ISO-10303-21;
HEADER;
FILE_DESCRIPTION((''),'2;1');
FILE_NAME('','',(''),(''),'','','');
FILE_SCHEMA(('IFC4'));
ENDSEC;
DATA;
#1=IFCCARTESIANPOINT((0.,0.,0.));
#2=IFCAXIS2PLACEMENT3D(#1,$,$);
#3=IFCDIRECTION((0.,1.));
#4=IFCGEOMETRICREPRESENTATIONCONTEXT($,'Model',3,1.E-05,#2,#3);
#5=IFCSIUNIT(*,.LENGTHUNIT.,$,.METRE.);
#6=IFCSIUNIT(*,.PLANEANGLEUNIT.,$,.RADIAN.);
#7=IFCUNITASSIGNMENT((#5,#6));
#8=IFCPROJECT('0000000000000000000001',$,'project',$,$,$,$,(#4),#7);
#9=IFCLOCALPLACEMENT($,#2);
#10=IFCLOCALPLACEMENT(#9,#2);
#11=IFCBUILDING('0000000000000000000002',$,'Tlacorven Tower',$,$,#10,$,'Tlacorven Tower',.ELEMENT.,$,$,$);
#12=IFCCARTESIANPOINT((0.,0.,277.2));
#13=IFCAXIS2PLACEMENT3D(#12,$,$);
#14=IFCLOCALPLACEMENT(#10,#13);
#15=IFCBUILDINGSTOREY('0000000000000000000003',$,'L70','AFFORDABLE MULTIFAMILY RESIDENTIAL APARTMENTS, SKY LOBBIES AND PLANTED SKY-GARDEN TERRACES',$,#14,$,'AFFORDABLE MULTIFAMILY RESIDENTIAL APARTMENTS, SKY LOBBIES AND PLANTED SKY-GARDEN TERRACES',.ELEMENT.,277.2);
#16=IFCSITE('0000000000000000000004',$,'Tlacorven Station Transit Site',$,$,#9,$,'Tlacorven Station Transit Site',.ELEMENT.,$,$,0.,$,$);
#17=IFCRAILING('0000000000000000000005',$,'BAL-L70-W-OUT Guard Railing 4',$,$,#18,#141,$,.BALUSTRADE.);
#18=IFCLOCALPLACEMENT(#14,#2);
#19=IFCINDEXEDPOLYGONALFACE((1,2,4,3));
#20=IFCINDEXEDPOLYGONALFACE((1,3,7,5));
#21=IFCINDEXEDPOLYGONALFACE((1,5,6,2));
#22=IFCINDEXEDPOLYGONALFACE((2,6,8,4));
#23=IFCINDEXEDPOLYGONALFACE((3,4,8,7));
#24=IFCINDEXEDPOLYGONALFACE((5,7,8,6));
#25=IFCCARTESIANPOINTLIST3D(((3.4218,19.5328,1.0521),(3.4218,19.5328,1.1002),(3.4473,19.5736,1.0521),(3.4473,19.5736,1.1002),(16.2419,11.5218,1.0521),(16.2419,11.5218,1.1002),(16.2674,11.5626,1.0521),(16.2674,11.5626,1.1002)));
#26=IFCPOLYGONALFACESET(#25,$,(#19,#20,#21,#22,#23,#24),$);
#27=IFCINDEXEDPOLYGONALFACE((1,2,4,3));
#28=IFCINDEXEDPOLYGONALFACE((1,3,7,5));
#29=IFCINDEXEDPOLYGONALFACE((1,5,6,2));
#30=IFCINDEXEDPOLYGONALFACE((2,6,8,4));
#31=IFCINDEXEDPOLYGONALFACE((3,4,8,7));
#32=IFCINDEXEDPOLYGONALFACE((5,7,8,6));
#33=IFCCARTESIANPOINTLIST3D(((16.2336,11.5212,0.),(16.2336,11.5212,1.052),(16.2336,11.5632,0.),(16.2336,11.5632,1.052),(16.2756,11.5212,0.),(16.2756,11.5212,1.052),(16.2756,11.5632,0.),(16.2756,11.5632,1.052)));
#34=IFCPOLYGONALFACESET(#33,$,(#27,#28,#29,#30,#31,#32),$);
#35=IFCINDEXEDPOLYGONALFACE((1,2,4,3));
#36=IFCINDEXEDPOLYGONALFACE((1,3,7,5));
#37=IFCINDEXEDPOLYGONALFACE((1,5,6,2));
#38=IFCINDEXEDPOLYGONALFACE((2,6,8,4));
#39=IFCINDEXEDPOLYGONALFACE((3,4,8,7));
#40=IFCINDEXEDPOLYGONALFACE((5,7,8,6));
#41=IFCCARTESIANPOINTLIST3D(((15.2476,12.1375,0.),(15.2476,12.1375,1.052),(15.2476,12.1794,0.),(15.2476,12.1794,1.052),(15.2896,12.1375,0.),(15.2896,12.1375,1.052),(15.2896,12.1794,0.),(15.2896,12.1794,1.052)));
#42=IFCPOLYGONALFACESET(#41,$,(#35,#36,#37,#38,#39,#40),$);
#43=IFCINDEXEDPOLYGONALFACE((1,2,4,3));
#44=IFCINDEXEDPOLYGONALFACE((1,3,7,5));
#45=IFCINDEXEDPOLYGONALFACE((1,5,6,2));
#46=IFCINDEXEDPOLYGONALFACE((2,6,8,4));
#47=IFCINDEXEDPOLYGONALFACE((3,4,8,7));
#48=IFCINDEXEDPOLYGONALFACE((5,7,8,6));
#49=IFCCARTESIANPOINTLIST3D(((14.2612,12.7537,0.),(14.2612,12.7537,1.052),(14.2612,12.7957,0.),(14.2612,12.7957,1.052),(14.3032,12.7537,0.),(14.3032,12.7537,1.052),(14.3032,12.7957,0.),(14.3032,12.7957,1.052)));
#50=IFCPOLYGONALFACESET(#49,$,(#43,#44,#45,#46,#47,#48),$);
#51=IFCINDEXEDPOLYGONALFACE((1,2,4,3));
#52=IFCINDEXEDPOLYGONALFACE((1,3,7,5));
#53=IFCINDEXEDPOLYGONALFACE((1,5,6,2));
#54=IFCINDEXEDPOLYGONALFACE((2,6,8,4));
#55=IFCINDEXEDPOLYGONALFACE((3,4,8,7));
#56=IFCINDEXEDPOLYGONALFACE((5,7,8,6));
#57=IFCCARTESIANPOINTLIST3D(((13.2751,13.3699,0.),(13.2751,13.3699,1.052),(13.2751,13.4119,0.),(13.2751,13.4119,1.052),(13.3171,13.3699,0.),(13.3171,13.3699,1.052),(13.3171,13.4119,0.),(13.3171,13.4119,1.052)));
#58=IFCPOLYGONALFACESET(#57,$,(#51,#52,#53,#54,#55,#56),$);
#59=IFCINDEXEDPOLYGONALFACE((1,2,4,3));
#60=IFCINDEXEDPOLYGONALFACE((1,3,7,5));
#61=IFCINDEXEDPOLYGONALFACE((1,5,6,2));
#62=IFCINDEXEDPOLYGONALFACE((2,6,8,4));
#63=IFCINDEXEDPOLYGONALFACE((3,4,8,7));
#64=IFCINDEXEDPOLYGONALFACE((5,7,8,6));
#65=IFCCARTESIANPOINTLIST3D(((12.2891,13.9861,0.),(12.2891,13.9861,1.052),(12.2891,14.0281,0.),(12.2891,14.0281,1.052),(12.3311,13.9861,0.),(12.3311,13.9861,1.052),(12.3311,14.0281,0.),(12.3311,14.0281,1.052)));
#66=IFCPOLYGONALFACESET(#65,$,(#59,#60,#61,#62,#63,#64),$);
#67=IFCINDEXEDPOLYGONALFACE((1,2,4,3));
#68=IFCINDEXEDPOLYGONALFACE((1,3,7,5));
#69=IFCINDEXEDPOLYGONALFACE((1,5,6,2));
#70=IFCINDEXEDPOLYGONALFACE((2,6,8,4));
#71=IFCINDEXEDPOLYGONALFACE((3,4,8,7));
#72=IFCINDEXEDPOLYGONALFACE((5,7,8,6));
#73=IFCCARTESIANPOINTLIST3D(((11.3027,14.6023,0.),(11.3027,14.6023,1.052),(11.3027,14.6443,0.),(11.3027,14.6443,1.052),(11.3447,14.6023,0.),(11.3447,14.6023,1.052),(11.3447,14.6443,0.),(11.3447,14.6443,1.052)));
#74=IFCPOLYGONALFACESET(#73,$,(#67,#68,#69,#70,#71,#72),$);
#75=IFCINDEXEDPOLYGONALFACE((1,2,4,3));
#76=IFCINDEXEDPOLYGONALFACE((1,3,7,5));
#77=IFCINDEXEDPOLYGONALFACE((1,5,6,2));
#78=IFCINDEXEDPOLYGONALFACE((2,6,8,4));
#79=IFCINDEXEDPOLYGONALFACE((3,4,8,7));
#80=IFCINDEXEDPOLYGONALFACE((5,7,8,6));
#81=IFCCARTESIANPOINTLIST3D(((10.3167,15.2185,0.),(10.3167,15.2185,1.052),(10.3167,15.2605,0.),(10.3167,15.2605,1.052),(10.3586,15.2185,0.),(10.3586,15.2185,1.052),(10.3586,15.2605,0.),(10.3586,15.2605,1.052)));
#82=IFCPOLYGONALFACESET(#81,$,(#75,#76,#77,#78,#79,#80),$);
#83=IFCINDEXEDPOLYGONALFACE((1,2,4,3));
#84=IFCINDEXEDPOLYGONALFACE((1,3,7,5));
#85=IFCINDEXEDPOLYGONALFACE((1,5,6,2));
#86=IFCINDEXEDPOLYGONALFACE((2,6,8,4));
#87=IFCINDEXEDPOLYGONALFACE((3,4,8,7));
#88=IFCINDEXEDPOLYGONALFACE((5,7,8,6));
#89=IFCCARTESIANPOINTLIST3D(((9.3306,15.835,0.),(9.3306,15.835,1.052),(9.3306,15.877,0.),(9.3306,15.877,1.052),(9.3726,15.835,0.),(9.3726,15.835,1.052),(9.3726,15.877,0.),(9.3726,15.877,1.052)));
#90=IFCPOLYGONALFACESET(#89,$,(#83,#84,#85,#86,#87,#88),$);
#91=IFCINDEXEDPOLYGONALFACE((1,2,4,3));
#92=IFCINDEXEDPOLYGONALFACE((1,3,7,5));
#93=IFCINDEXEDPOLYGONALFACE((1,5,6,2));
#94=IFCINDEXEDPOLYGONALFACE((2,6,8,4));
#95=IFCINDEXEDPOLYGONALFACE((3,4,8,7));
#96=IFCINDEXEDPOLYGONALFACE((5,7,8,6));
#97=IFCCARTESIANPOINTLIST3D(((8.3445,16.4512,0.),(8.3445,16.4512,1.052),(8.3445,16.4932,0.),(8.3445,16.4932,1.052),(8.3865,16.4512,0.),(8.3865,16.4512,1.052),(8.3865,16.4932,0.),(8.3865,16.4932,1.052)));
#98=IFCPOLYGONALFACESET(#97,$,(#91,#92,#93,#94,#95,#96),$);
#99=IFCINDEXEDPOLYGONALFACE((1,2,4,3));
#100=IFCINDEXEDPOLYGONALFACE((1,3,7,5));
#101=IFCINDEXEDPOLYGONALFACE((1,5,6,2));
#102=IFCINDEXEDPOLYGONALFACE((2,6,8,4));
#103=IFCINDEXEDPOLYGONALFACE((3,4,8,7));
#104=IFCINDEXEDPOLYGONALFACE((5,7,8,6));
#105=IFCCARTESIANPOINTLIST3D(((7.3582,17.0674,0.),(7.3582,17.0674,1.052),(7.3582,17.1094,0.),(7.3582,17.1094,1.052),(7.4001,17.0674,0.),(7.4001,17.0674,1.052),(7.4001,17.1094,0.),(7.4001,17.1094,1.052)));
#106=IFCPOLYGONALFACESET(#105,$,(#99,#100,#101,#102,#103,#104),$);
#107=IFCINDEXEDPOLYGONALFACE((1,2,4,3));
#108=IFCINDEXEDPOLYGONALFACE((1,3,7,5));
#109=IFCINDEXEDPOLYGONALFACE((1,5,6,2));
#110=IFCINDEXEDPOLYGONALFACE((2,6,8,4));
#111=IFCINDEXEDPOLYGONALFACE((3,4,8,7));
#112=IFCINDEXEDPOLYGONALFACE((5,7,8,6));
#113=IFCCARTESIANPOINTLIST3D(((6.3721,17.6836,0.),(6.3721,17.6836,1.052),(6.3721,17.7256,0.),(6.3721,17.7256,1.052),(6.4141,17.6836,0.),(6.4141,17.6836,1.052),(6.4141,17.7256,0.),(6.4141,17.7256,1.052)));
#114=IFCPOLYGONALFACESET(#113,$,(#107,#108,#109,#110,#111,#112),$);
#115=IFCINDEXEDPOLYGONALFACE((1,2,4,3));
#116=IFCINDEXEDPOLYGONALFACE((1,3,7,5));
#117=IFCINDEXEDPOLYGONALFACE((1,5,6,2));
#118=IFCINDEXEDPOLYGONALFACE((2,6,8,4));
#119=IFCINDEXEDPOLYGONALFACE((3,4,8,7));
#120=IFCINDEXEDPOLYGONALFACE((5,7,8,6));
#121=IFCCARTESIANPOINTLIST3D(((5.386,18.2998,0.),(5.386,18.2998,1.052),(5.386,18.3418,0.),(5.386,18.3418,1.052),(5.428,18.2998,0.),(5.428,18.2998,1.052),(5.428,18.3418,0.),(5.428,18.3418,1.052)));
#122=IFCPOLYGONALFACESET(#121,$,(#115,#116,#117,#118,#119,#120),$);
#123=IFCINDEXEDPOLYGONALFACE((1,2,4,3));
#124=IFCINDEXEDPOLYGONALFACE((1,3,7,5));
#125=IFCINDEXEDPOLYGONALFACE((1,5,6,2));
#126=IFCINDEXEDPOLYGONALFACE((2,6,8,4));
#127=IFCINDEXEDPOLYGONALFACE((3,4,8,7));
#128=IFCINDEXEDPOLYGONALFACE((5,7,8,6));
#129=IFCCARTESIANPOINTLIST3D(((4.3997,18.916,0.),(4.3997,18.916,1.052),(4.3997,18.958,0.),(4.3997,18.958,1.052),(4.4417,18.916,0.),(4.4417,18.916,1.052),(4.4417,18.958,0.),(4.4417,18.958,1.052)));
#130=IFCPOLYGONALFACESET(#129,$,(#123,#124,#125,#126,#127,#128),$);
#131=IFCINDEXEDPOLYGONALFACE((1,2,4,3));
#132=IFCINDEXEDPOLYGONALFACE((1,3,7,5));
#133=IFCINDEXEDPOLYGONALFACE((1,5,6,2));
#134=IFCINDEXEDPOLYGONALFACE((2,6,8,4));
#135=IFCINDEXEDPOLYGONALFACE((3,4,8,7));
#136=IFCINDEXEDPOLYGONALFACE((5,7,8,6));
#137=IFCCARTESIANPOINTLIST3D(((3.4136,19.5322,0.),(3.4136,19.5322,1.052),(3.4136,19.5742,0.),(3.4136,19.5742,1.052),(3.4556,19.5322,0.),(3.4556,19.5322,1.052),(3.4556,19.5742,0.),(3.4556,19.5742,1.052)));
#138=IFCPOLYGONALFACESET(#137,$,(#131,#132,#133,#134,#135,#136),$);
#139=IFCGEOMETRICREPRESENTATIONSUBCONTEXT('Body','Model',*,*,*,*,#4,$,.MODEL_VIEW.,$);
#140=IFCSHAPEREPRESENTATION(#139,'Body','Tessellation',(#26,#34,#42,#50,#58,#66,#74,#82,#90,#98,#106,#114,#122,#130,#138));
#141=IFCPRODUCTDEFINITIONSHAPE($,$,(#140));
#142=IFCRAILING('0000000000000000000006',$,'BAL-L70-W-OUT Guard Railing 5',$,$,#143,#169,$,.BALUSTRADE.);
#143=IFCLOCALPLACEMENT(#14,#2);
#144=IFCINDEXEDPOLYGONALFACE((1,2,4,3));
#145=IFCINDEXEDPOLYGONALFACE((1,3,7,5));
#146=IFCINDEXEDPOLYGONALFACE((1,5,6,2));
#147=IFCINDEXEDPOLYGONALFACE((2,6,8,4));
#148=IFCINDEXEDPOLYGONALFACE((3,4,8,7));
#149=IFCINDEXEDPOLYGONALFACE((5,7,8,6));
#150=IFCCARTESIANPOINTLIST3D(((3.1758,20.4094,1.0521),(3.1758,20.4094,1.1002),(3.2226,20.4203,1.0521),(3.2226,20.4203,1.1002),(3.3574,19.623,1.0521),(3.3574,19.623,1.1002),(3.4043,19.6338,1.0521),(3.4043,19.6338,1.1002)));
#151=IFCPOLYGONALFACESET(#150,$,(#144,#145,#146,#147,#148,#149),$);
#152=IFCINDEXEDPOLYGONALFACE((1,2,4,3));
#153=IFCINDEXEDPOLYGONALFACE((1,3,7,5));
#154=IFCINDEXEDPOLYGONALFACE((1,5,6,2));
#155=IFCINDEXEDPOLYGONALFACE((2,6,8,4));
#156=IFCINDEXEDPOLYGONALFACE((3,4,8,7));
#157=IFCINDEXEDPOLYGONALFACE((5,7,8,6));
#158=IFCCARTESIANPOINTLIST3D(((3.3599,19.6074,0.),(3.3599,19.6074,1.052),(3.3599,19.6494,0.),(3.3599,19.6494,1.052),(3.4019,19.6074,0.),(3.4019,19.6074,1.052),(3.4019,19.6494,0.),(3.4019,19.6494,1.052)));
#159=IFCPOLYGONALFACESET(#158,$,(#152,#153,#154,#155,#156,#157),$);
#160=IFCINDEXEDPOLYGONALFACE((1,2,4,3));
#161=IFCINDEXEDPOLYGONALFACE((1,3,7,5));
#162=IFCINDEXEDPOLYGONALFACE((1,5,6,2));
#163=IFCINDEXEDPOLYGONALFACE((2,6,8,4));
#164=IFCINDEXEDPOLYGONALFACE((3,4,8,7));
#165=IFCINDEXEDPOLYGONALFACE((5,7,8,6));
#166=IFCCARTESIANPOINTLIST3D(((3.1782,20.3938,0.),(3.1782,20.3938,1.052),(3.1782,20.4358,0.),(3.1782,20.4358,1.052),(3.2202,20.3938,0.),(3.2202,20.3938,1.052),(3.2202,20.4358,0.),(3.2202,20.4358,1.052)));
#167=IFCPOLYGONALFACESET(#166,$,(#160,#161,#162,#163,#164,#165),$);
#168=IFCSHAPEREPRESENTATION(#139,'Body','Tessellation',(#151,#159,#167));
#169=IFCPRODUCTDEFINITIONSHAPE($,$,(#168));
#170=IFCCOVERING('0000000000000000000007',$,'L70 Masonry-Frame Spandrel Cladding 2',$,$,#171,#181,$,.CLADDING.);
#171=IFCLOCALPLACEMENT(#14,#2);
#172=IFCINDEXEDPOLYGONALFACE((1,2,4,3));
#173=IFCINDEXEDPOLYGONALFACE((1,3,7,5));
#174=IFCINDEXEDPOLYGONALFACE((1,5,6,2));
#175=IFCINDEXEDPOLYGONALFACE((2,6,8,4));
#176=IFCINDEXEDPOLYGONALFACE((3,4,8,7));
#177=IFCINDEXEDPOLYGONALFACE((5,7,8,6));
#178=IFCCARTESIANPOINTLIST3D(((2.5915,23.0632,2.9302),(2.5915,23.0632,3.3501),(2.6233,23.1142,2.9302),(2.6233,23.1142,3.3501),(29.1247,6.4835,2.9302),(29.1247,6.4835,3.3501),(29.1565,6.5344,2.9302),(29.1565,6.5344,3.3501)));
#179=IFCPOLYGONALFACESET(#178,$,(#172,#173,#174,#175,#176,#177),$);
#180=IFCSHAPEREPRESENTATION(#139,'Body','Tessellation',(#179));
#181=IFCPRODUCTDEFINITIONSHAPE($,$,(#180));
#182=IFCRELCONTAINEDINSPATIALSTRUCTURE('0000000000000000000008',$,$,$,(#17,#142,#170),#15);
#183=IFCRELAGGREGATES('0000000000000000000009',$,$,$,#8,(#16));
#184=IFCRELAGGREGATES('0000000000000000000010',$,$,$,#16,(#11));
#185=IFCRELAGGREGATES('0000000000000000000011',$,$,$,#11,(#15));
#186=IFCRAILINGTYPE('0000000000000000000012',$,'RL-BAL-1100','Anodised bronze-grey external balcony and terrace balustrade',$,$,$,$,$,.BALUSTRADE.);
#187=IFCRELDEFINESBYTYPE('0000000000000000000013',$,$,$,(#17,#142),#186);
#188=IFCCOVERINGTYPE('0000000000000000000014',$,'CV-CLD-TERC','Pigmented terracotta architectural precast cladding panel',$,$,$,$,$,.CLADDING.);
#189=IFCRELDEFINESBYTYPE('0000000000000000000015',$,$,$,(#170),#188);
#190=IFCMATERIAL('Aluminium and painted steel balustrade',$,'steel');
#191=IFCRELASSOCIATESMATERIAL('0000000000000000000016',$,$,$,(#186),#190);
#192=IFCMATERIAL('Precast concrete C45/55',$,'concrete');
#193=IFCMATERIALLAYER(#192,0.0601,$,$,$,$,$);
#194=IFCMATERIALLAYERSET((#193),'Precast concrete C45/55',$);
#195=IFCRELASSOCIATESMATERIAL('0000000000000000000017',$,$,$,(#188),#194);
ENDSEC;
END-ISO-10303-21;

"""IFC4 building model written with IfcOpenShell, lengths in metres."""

from ifc_helpers import new_model, si_unit, direction, frame, origin, origin_2d, place, context, subcontext, project, spatial, rectangle, extrude, source, transform, mapped, material, layer, layer_set, type_object, element, save


model = new_model("IFC4")

# Units and contexts
model_context = context("Model", 3, precision=1e-05, world=origin(), true_north=direction((0.0, 1.0)))
body_context = subcontext(model_context, "Body", "Model", "MODEL_VIEW")
ifc_project = project(units=[si_unit("LENGTHUNIT", "METRE"), si_unit("PLANEANGLEUNIT", "RADIAN")], contexts=[model_context])

# Site, building, storey
site_placement = place(None, origin())
site = spatial("IfcSite", under=ifc_project, at=site_placement, Name="Tlacorven Station Transit Site", LongName="Tlacorven Station Transit Site", CompositionType="ELEMENT", RefElevation=0.0)
building_placement = place(site_placement, origin())
building = spatial("IfcBuilding", under=site, at=building_placement, Name="Tlacorven Tower", LongName="Tlacorven Tower", CompositionType="ELEMENT")
storey_placement = place(building_placement, frame((0.0, 0.0, 277.2)))
storey = spatial("IfcBuildingStorey", under=building, at=storey_placement, Name="L70", Description="AFFORDABLE MULTIFAMILY RESIDENTIAL APARTMENTS, SKY LOBBIES AND PLANTED SKY-GARDEN TERRACES", LongName="AFFORDABLE MULTIFAMILY RESIDENTIAL APARTMENTS, SKY LOBBIES AND PLANTED SKY-GARDEN TERRACES", CompositionType="ELEMENT", Elevation=277.2)

# Shared definitions
ifc_material_1 = material(Name="Precast concrete C45/55", Category="concrete")

# Railings
ifc_material_2 = material(Name="Aluminium and painted steel balustrade", Category="steel")
railing_type = type_object("IfcRailingType", Name="RL-BAL-1100", Description="Anodised bronze-grey external balcony and terrace balustrade", PredefinedType="BALUSTRADE", material=ifc_material_2)
shared_shape_1 = source(origin(), body_context, "Body", "SweptSolid", [
    extrude(rectangle(XDim=0.0481, YDim=0.0481, at=origin_2d()), frame((0.0, 0.0, 1.0762), z_axis=(-0.848045, 0.529925, 0.0), x_axis=(-0.529925, -0.848045, 0.0)), (0.0, 0.0, 1.0), 15.1172),
    extrude(rectangle(XDim=0.042, YDim=0.042, at=origin_2d()), origin(), (0.0, 0.0, 1.0), 1.052),
    extrude(rectangle(XDim=0.042, YDim=0.042, at=origin_2d()), frame((-0.9861, 0.6162, 0.0)), (0.0, 0.0, 1.0), 1.052),
    extrude(rectangle(XDim=0.042, YDim=0.042, at=origin_2d()), frame((-1.9724, 1.2324, 0.0)), (0.0, 0.0, 1.0), 1.052),
    extrude(rectangle(XDim=0.042, YDim=0.042, at=origin_2d()), frame((-2.9585, 1.8486, 0.0)), (0.0, 0.0, 1.0), 1.052),
    extrude(rectangle(XDim=0.042, YDim=0.042, at=origin_2d()), frame((-3.9446, 2.4648, 0.0)), (0.0, 0.0, 1.0), 1.052),
    extrude(rectangle(XDim=0.042, YDim=0.042, at=origin_2d()), frame((-4.9309, 3.0811, 0.0)), (0.0, 0.0, 1.0), 1.052),
    extrude(rectangle(XDim=0.042, YDim=0.042, at=origin_2d()), frame((-5.917, 3.6973, 0.0)), (0.0, 0.0, 1.0), 1.052),
    extrude(rectangle(XDim=0.042, YDim=0.042, at=origin_2d()), frame((-6.9031, 4.3137, 0.0)), (0.0, 0.0, 1.0), 1.052),
    extrude(rectangle(XDim=0.042, YDim=0.042, at=origin_2d()), frame((-7.8892, 4.9299, 0.0)), (0.0, 0.0, 1.0), 1.052),
    extrude(rectangle(XDim=0.042, YDim=0.042, at=origin_2d()), frame((-8.8755, 5.5461, 0.0)), (0.0, 0.0, 1.0), 1.052),
    extrude(rectangle(XDim=0.042, YDim=0.042, at=origin_2d()), frame((-9.8616, 6.1624, 0.0)), (0.0, 0.0, 1.0), 1.052),
    extrude(rectangle(XDim=0.042, YDim=0.042, at=origin_2d()), frame((-10.8477, 6.7786, 0.0)), (0.0, 0.0, 1.0), 1.052),
    extrude(rectangle(XDim=0.042, YDim=0.042, at=origin_2d()), frame((-11.834, 7.3948, 0.0)), (0.0, 0.0, 1.0), 1.052),
    extrude(rectangle(XDim=0.042, YDim=0.042, at=origin_2d()), frame((-12.8201, 8.011, 0.0)), (0.0, 0.0, 1.0), 1.052),
])
railing_1_placement = place(storey_placement, frame((16.2546, 11.5422, 0.0)))
element("IfcRailing", 1, at=railing_1_placement, inside=storey, type_object=railing_type, Name="BAL-L70-W-OUT Guard Railing 4", PredefinedType="BALUSTRADE", context=body_context, shape_type="MappedRepresentation", body=[
    mapped(shared_shape_1, transform((0.0, 0.0, 0.0), scale=1.0)),
])
shared_shape_2 = source(origin(), body_context, "Body", "SweptSolid", [
    extrude(rectangle(XDim=0.0481, YDim=0.0481, at=origin_2d()), frame((0.0, 0.0, 1.0762), z_axis=(-0.225058, 0.974345, 0.0), x_axis=(-0.974345, -0.225058, 0.0)), (0.0, 0.0, 1.0), 0.8071),
    extrude(rectangle(XDim=0.042, YDim=0.042, at=origin_2d()), origin(), (0.0, 0.0, 1.0), 1.052),
    extrude(rectangle(XDim=0.042, YDim=0.042, at=origin_2d()), frame((-0.1816, 0.7864, 0.0)), (0.0, 0.0, 1.0), 1.052),
])
railing_2_placement = place(storey_placement, frame((3.3809, 19.6284, 0.0)))
element("IfcRailing", 2, at=railing_2_placement, inside=storey, type_object=railing_type, Name="BAL-L70-W-OUT Guard Railing 5", PredefinedType="BALUSTRADE", context=body_context, shape_type="MappedRepresentation", body=[
    mapped(shared_shape_2, transform((0.0, 0.0, 0.0), scale=1.0)),
])

# Covering
ifc_layer_1 = layer(ifc_material_1, 0.0601)
ifc_layer_set_1 = layer_set([ifc_layer_1], Name="Precast concrete C45/55")
covering_type = type_object("IfcCoveringType", Name="CV-CLD-TERC", Description="Pigmented terracotta architectural precast cladding panel", PredefinedType="CLADDING", material=ifc_layer_set_1)
shared_shape_3 = source(origin(), body_context, "Body", "SweptSolid", [
    extrude(rectangle(XDim=31.2874, YDim=0.0601, at=origin_2d()), origin(), (0.0, 0.0, 1.0), 0.4199),
])
covering_placement = place(storey_placement, frame((15.874, 14.7988, 2.9302), z_axis=(0.0, 0.0, 1.0), x_axis=(-0.848048, 0.529919, 0.0)))
element("IfcCovering", 3, at=covering_placement, inside=storey, type_object=covering_type, Name="L70 Masonry-Frame Spandrel Cladding 2", PredefinedType="CLADDING", context=body_context, shape_type="MappedRepresentation", body=[
    mapped(shared_shape_3, transform((0.0, 0.0, 0.0), scale=1.0)),
])

save(model, "model.ifc")
